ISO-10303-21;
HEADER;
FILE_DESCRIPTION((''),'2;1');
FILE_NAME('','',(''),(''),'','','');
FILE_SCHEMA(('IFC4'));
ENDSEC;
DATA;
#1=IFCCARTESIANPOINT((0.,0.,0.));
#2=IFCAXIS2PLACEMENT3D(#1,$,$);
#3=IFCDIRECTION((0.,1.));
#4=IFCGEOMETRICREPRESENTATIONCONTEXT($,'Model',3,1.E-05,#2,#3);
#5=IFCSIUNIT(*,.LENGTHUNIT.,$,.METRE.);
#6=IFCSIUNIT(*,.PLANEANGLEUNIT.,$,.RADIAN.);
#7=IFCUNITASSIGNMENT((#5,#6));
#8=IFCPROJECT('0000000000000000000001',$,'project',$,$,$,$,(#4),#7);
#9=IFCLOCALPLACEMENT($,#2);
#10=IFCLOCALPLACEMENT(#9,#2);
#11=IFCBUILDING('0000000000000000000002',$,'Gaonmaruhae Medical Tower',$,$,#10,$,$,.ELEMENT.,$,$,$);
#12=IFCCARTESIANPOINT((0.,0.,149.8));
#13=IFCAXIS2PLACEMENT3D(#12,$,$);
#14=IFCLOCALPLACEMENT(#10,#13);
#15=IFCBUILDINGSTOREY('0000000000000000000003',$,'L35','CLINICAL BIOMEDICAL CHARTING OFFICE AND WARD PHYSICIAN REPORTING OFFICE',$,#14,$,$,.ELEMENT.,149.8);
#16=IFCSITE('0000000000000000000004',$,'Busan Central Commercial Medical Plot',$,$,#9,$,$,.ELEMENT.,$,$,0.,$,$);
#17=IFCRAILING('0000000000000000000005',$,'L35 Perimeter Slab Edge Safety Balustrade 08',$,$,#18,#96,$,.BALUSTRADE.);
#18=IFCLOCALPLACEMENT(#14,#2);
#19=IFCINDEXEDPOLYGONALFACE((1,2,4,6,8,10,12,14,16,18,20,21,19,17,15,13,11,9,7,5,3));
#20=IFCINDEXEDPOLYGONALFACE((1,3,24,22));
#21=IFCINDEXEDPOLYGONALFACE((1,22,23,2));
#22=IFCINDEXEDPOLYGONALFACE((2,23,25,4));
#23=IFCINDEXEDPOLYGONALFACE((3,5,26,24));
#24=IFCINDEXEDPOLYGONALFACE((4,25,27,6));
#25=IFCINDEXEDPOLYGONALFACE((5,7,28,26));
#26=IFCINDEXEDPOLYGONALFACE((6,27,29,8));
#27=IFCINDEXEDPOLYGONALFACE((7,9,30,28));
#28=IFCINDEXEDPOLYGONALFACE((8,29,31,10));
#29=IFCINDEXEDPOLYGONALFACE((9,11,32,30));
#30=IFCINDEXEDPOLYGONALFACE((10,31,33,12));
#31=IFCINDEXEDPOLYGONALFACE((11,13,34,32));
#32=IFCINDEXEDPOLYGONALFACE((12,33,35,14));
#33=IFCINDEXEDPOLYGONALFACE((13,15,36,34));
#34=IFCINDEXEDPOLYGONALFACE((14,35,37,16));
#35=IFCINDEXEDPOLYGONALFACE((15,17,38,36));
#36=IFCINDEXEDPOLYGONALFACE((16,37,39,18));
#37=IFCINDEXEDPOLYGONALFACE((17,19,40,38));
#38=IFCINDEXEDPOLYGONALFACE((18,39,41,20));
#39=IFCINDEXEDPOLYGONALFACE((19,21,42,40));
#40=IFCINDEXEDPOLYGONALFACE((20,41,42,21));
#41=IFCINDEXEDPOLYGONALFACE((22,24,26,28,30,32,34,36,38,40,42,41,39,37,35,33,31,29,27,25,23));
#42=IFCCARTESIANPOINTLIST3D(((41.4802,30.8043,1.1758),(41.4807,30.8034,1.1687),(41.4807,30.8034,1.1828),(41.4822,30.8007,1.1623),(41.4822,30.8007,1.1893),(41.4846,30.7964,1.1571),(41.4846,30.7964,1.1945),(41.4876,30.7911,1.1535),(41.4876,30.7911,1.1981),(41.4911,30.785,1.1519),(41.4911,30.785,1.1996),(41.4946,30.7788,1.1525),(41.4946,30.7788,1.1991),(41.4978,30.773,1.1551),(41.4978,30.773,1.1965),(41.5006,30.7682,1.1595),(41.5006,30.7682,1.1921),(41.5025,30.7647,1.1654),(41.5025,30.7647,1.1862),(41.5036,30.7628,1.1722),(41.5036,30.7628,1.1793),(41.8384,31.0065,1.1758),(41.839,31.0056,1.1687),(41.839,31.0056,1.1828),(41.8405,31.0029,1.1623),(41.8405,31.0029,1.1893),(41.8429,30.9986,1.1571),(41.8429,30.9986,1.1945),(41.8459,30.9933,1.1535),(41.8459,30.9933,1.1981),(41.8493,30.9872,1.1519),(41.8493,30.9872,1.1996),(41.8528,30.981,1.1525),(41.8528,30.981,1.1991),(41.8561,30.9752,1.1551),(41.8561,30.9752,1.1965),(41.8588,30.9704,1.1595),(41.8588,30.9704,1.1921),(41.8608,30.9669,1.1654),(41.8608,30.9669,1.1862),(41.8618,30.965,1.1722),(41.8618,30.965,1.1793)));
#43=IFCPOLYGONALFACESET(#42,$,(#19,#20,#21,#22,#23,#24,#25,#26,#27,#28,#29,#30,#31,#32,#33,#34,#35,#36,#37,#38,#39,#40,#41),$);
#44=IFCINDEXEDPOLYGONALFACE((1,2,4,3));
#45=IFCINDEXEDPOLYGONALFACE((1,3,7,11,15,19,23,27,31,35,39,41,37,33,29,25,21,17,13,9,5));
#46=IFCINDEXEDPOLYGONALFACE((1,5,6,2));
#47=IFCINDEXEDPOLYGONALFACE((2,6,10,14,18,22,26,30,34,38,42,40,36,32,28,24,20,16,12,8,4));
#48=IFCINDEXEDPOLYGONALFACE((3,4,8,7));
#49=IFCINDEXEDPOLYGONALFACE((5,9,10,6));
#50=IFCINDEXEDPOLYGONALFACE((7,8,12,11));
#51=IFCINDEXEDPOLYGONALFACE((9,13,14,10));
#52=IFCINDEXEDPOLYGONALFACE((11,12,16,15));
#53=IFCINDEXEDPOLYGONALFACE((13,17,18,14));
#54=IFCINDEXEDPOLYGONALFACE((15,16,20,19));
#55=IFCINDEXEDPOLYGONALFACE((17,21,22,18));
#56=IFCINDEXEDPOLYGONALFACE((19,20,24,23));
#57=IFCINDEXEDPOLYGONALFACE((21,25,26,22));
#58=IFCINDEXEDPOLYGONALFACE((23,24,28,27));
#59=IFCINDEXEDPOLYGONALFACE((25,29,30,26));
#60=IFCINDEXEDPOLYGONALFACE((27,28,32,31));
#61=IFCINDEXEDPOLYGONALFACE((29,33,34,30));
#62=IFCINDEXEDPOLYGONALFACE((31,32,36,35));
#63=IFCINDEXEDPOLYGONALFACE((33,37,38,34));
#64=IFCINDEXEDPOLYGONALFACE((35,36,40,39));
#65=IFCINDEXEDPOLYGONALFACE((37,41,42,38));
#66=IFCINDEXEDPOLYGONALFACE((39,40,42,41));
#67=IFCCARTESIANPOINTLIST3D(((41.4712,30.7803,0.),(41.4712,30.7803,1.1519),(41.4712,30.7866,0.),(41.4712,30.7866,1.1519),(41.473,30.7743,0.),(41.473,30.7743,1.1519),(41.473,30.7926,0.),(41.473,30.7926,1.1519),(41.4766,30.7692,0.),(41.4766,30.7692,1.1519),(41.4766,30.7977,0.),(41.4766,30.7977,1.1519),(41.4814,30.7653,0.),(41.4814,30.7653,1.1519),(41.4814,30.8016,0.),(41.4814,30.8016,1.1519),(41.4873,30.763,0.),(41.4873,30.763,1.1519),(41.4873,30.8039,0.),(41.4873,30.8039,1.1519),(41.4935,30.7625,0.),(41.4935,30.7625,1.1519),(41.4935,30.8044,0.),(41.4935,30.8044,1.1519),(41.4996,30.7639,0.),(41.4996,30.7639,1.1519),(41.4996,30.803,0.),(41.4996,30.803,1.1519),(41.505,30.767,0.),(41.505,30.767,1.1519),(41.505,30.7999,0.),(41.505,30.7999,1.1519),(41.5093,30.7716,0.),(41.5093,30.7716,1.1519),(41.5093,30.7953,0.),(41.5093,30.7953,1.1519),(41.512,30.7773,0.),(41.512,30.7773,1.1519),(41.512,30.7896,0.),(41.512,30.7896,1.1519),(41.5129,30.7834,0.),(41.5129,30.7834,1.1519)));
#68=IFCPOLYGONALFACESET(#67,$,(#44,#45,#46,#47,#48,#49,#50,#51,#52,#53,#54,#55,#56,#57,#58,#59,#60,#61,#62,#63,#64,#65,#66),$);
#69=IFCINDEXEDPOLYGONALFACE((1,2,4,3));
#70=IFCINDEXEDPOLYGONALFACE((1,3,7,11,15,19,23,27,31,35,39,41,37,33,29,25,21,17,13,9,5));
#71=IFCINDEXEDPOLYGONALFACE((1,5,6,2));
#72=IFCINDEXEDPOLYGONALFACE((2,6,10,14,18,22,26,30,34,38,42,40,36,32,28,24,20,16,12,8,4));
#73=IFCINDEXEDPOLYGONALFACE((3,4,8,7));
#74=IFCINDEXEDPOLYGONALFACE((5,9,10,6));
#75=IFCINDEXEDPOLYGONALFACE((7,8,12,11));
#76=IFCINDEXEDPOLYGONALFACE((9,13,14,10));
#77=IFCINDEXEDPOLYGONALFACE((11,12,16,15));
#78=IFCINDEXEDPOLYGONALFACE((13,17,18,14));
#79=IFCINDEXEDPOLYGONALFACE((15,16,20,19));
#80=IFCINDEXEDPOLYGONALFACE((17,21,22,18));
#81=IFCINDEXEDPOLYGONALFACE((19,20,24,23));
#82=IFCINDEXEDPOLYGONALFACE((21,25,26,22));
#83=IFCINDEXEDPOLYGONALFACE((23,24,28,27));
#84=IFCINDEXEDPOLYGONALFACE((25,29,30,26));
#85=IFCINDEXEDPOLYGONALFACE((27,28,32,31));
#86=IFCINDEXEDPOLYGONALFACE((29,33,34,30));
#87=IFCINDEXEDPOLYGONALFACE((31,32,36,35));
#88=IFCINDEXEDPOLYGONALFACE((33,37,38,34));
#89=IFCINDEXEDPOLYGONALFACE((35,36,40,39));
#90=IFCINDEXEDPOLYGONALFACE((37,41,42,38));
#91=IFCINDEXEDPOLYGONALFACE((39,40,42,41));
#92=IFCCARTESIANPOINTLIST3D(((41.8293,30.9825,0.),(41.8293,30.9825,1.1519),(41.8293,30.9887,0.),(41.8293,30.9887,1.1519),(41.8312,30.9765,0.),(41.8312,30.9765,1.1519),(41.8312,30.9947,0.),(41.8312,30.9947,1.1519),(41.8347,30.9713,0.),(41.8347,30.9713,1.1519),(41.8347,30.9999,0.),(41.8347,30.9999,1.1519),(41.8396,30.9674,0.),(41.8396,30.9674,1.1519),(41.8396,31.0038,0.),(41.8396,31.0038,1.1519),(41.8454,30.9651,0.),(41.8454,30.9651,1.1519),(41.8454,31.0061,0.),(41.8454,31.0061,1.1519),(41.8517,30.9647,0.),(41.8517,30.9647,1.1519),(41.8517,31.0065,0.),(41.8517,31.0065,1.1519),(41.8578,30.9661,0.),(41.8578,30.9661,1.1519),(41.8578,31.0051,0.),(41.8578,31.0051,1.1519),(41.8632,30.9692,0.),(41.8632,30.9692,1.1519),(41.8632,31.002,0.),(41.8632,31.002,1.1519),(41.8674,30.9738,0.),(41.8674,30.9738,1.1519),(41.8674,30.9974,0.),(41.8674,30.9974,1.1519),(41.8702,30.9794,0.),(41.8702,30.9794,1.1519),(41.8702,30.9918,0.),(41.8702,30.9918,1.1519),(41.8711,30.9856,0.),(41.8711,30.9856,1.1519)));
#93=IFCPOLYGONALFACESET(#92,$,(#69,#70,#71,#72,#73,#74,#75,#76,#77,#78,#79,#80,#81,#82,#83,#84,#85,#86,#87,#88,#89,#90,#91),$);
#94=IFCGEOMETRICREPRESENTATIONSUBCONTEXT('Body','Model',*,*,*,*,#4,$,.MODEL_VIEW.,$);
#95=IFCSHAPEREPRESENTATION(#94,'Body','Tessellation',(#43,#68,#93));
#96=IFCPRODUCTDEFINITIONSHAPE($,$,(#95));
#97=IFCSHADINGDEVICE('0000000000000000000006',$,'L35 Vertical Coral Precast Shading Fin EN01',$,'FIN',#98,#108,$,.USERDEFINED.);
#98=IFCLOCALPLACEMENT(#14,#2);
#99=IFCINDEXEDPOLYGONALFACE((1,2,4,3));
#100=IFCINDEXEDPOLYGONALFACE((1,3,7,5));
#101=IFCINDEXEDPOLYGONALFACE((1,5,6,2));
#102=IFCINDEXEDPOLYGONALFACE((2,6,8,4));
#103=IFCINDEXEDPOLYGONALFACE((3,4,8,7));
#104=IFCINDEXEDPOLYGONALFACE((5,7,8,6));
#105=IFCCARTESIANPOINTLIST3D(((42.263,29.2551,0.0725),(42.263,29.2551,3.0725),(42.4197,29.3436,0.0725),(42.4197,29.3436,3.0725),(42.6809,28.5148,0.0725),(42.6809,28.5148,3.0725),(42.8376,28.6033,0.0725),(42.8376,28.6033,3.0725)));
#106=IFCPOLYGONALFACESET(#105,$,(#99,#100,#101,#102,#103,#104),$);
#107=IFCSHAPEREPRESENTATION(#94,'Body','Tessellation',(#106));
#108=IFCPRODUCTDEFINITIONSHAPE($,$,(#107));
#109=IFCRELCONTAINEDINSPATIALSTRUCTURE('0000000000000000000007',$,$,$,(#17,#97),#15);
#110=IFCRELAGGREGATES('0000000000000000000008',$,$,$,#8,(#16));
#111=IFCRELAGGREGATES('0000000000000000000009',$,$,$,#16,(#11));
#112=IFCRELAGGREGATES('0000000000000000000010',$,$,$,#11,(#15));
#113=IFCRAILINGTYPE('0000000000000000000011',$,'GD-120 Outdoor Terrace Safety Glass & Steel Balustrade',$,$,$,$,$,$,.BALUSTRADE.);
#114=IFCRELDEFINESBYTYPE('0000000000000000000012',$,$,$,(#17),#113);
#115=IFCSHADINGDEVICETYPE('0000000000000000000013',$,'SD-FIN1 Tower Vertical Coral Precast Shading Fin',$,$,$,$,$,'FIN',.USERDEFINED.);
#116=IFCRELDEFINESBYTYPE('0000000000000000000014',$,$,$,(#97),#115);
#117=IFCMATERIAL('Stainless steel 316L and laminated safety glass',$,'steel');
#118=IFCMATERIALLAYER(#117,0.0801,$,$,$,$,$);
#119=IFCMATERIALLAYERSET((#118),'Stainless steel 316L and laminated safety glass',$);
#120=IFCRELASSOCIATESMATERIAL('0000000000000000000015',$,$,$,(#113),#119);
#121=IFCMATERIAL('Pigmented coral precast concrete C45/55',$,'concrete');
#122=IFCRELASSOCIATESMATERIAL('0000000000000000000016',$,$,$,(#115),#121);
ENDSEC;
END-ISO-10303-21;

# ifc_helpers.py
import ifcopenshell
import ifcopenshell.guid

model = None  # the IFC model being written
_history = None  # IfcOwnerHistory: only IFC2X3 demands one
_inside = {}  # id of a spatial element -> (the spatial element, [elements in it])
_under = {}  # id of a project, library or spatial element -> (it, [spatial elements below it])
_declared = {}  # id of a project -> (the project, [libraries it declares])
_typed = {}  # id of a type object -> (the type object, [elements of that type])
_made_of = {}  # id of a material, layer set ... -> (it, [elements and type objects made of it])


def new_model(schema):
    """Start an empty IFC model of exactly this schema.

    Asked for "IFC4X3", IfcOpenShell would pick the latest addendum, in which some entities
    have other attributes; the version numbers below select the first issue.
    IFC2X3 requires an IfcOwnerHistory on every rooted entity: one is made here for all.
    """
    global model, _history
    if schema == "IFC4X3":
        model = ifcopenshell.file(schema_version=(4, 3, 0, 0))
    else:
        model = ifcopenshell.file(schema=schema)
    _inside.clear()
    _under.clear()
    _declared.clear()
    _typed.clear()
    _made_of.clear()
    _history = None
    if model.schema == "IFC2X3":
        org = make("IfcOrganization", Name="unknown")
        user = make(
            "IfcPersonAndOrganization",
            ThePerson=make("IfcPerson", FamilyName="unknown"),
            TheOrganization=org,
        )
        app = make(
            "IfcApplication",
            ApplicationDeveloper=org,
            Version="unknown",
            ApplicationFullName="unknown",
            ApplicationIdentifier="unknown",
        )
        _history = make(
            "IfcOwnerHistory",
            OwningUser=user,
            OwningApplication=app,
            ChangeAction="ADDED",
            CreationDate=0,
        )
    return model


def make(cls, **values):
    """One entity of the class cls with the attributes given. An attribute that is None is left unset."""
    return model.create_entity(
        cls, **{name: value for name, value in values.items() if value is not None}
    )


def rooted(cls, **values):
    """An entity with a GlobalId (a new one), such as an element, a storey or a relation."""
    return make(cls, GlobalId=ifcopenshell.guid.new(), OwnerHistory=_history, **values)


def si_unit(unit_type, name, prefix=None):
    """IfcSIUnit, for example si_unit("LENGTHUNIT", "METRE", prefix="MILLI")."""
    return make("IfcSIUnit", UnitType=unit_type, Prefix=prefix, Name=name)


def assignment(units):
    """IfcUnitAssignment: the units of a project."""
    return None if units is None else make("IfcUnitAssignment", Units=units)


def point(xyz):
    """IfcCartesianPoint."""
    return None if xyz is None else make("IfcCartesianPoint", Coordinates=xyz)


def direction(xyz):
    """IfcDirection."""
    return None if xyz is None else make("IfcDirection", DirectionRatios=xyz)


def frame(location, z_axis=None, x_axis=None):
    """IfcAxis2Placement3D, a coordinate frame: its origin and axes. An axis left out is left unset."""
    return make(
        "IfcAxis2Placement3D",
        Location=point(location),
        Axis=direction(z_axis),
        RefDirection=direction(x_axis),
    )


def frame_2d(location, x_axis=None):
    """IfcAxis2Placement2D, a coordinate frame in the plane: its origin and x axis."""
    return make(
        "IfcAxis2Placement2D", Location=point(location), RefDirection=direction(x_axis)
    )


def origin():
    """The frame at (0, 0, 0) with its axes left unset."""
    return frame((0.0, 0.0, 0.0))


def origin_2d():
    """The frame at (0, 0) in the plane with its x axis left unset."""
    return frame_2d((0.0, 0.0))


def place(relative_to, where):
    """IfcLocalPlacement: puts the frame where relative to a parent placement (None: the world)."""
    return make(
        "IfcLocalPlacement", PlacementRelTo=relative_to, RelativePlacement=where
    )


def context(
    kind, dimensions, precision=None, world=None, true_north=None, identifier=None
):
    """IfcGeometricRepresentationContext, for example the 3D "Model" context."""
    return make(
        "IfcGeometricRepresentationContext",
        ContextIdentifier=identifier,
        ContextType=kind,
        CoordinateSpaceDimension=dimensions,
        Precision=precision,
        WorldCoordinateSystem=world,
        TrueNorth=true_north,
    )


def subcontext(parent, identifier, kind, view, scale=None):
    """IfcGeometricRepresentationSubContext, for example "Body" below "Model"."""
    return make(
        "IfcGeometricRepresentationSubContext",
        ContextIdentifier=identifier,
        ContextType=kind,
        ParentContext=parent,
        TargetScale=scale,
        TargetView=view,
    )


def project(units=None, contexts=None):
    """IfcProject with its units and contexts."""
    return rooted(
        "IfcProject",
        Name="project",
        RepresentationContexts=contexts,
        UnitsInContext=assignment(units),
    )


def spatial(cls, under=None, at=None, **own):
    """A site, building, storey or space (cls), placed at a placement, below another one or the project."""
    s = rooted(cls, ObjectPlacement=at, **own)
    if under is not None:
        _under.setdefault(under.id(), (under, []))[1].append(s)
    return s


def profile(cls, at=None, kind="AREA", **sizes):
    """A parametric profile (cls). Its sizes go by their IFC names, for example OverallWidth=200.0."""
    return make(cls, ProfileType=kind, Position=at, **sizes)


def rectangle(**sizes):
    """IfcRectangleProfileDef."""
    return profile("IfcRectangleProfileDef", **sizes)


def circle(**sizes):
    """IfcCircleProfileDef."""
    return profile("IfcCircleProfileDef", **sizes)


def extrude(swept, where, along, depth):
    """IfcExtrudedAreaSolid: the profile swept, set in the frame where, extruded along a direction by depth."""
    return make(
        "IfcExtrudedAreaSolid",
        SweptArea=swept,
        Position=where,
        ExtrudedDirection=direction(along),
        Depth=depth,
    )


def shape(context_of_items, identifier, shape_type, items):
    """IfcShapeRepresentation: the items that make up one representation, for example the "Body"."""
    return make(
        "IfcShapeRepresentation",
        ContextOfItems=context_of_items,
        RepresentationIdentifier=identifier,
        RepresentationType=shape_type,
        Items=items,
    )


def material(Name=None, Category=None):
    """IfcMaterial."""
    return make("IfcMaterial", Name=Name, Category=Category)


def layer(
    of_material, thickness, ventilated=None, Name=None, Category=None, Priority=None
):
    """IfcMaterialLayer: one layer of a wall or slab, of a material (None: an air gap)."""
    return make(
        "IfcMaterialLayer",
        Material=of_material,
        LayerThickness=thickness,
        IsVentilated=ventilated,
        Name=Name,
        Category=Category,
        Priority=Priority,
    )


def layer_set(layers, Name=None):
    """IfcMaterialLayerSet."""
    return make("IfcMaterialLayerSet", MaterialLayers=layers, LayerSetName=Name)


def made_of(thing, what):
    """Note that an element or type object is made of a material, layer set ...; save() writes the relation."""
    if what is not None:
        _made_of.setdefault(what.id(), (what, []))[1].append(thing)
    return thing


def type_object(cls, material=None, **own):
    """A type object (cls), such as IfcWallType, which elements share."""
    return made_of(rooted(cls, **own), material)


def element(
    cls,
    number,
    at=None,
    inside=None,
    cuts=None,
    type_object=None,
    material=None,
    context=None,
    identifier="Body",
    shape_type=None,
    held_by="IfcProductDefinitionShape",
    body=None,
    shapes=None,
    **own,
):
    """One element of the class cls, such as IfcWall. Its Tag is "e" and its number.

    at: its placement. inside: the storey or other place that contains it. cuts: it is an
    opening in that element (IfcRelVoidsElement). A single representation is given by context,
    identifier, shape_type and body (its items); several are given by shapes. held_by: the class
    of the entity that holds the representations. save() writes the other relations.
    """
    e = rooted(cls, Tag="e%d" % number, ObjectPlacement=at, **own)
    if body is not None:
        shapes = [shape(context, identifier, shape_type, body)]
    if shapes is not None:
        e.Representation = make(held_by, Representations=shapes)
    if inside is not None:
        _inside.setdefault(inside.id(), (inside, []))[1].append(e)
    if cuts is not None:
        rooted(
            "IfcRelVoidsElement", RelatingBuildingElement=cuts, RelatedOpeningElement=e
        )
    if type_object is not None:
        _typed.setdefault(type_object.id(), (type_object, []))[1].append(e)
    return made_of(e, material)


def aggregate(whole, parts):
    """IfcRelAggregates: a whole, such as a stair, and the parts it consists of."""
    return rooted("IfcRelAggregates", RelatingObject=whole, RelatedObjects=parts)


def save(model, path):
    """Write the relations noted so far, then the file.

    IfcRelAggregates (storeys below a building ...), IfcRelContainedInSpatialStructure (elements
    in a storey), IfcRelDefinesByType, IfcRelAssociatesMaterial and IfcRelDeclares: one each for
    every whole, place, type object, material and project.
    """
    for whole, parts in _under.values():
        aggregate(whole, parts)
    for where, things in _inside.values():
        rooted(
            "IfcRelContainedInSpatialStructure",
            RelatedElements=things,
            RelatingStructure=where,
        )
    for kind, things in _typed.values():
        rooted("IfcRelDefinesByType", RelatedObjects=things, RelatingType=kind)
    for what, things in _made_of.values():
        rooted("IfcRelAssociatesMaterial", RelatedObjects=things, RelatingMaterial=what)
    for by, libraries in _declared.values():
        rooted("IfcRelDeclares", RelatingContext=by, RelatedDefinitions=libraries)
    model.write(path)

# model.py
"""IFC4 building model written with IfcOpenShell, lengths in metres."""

from ifc_helpers import new_model, si_unit, direction, frame, origin, origin_2d, place, context, subcontext, project, spatial, rectangle, circle, extrude, material, layer, layer_set, type_object, element, save


model = new_model("IFC4")

# Units and contexts
model_context = context("Model", 3, precision=1e-05, world=origin(), true_north=direction((0.0, 1.0)))
body_context = subcontext(model_context, "Body", "Model", "MODEL_VIEW")
ifc_project = project(units=[si_unit("LENGTHUNIT", "METRE"), si_unit("PLANEANGLEUNIT", "RADIAN")], contexts=[model_context])

# Site, building, storey
site_placement = place(None, origin())
site = spatial("IfcSite", under=ifc_project, at=site_placement, Name="Busan Central Commercial Medical Plot", CompositionType="ELEMENT", RefElevation=0.0)
building_placement = place(site_placement, origin())
building = spatial("IfcBuilding", under=site, at=building_placement, Name="Gaonmaruhae Medical Tower", CompositionType="ELEMENT")
storey_placement = place(building_placement, frame((0.0, 0.0, 149.8)))
storey = spatial("IfcBuildingStorey", under=building, at=storey_placement, Name="L35", Description="CLINICAL BIOMEDICAL CHARTING OFFICE AND WARD PHYSICIAN REPORTING OFFICE", CompositionType="ELEMENT", Elevation=149.8)

# Railing
ifc_material_1 = material(Name="Stainless steel 316L and laminated safety glass", Category="steel")
ifc_layer_1 = layer(ifc_material_1, 0.0801)
ifc_layer_set_1 = layer_set([ifc_layer_1], Name="Stainless steel 316L and laminated safety glass")
railing_type = type_object("IfcRailingType", Name="GD-120 Outdoor Terrace Safety Glass & Steel Balustrade", PredefinedType="BALUSTRADE", material=ifc_layer_set_1)
railing_1_placement = place(storey_placement, frame((41.4919, 30.7834, 0.0)))
element("IfcRailing", 1, at=railing_1_placement, inside=storey, type_object=railing_type, Name="L35 Perimeter Slab Edge Safety Balustrade 08", PredefinedType="BALUSTRADE", context=body_context, shape_type="SweptSolid", body=[
    extrude(circle(Radius=0.0239, at=origin_2d()), frame((0.0, 0.0, 1.1758), z_axis=(0.870861, 0.491529, 0.0), x_axis=(-0.491529, 0.870861, 0.0)), (0.0, 0.0, 1.0), 0.4114),
    extrude(circle(Radius=0.021, at=origin_2d()), origin(), (0.0, 0.0, 1.0), 1.1519),
    extrude(circle(Radius=0.021, at=origin_2d()), frame((0.3582, 0.2021, 0.0)), (0.0, 0.0, 1.0), 1.1519),
])

# Shading device
ifc_material_2 = material(Name="Pigmented coral precast concrete C45/55", Category="concrete")
shading_device_type = type_object("IfcShadingDeviceType", Name="SD-FIN1 Tower Vertical Coral Precast Shading Fin", ElementType="FIN", PredefinedType="USERDEFINED", material=ifc_material_2)
shading_device_placement = place(storey_placement, frame((42.5503, 28.9292, 0.0725), z_axis=(0.0, 0.0, 1.0), x_axis=(0.870794, 0.491649, 0.0)))
element("IfcShadingDevice", 2, at=shading_device_placement, inside=storey, type_object=shading_device_type, Name="L35 Vertical Coral Precast Shading Fin EN01", ObjectType="FIN", PredefinedType="USERDEFINED", context=body_context, shape_type="SweptSolid", body=[
    extrude(rectangle(XDim=0.1799, YDim=0.8501, at=origin_2d()), origin(), (0.0, 0.0, 1.0), 3.0),
])

save(model, "model.ifc")
